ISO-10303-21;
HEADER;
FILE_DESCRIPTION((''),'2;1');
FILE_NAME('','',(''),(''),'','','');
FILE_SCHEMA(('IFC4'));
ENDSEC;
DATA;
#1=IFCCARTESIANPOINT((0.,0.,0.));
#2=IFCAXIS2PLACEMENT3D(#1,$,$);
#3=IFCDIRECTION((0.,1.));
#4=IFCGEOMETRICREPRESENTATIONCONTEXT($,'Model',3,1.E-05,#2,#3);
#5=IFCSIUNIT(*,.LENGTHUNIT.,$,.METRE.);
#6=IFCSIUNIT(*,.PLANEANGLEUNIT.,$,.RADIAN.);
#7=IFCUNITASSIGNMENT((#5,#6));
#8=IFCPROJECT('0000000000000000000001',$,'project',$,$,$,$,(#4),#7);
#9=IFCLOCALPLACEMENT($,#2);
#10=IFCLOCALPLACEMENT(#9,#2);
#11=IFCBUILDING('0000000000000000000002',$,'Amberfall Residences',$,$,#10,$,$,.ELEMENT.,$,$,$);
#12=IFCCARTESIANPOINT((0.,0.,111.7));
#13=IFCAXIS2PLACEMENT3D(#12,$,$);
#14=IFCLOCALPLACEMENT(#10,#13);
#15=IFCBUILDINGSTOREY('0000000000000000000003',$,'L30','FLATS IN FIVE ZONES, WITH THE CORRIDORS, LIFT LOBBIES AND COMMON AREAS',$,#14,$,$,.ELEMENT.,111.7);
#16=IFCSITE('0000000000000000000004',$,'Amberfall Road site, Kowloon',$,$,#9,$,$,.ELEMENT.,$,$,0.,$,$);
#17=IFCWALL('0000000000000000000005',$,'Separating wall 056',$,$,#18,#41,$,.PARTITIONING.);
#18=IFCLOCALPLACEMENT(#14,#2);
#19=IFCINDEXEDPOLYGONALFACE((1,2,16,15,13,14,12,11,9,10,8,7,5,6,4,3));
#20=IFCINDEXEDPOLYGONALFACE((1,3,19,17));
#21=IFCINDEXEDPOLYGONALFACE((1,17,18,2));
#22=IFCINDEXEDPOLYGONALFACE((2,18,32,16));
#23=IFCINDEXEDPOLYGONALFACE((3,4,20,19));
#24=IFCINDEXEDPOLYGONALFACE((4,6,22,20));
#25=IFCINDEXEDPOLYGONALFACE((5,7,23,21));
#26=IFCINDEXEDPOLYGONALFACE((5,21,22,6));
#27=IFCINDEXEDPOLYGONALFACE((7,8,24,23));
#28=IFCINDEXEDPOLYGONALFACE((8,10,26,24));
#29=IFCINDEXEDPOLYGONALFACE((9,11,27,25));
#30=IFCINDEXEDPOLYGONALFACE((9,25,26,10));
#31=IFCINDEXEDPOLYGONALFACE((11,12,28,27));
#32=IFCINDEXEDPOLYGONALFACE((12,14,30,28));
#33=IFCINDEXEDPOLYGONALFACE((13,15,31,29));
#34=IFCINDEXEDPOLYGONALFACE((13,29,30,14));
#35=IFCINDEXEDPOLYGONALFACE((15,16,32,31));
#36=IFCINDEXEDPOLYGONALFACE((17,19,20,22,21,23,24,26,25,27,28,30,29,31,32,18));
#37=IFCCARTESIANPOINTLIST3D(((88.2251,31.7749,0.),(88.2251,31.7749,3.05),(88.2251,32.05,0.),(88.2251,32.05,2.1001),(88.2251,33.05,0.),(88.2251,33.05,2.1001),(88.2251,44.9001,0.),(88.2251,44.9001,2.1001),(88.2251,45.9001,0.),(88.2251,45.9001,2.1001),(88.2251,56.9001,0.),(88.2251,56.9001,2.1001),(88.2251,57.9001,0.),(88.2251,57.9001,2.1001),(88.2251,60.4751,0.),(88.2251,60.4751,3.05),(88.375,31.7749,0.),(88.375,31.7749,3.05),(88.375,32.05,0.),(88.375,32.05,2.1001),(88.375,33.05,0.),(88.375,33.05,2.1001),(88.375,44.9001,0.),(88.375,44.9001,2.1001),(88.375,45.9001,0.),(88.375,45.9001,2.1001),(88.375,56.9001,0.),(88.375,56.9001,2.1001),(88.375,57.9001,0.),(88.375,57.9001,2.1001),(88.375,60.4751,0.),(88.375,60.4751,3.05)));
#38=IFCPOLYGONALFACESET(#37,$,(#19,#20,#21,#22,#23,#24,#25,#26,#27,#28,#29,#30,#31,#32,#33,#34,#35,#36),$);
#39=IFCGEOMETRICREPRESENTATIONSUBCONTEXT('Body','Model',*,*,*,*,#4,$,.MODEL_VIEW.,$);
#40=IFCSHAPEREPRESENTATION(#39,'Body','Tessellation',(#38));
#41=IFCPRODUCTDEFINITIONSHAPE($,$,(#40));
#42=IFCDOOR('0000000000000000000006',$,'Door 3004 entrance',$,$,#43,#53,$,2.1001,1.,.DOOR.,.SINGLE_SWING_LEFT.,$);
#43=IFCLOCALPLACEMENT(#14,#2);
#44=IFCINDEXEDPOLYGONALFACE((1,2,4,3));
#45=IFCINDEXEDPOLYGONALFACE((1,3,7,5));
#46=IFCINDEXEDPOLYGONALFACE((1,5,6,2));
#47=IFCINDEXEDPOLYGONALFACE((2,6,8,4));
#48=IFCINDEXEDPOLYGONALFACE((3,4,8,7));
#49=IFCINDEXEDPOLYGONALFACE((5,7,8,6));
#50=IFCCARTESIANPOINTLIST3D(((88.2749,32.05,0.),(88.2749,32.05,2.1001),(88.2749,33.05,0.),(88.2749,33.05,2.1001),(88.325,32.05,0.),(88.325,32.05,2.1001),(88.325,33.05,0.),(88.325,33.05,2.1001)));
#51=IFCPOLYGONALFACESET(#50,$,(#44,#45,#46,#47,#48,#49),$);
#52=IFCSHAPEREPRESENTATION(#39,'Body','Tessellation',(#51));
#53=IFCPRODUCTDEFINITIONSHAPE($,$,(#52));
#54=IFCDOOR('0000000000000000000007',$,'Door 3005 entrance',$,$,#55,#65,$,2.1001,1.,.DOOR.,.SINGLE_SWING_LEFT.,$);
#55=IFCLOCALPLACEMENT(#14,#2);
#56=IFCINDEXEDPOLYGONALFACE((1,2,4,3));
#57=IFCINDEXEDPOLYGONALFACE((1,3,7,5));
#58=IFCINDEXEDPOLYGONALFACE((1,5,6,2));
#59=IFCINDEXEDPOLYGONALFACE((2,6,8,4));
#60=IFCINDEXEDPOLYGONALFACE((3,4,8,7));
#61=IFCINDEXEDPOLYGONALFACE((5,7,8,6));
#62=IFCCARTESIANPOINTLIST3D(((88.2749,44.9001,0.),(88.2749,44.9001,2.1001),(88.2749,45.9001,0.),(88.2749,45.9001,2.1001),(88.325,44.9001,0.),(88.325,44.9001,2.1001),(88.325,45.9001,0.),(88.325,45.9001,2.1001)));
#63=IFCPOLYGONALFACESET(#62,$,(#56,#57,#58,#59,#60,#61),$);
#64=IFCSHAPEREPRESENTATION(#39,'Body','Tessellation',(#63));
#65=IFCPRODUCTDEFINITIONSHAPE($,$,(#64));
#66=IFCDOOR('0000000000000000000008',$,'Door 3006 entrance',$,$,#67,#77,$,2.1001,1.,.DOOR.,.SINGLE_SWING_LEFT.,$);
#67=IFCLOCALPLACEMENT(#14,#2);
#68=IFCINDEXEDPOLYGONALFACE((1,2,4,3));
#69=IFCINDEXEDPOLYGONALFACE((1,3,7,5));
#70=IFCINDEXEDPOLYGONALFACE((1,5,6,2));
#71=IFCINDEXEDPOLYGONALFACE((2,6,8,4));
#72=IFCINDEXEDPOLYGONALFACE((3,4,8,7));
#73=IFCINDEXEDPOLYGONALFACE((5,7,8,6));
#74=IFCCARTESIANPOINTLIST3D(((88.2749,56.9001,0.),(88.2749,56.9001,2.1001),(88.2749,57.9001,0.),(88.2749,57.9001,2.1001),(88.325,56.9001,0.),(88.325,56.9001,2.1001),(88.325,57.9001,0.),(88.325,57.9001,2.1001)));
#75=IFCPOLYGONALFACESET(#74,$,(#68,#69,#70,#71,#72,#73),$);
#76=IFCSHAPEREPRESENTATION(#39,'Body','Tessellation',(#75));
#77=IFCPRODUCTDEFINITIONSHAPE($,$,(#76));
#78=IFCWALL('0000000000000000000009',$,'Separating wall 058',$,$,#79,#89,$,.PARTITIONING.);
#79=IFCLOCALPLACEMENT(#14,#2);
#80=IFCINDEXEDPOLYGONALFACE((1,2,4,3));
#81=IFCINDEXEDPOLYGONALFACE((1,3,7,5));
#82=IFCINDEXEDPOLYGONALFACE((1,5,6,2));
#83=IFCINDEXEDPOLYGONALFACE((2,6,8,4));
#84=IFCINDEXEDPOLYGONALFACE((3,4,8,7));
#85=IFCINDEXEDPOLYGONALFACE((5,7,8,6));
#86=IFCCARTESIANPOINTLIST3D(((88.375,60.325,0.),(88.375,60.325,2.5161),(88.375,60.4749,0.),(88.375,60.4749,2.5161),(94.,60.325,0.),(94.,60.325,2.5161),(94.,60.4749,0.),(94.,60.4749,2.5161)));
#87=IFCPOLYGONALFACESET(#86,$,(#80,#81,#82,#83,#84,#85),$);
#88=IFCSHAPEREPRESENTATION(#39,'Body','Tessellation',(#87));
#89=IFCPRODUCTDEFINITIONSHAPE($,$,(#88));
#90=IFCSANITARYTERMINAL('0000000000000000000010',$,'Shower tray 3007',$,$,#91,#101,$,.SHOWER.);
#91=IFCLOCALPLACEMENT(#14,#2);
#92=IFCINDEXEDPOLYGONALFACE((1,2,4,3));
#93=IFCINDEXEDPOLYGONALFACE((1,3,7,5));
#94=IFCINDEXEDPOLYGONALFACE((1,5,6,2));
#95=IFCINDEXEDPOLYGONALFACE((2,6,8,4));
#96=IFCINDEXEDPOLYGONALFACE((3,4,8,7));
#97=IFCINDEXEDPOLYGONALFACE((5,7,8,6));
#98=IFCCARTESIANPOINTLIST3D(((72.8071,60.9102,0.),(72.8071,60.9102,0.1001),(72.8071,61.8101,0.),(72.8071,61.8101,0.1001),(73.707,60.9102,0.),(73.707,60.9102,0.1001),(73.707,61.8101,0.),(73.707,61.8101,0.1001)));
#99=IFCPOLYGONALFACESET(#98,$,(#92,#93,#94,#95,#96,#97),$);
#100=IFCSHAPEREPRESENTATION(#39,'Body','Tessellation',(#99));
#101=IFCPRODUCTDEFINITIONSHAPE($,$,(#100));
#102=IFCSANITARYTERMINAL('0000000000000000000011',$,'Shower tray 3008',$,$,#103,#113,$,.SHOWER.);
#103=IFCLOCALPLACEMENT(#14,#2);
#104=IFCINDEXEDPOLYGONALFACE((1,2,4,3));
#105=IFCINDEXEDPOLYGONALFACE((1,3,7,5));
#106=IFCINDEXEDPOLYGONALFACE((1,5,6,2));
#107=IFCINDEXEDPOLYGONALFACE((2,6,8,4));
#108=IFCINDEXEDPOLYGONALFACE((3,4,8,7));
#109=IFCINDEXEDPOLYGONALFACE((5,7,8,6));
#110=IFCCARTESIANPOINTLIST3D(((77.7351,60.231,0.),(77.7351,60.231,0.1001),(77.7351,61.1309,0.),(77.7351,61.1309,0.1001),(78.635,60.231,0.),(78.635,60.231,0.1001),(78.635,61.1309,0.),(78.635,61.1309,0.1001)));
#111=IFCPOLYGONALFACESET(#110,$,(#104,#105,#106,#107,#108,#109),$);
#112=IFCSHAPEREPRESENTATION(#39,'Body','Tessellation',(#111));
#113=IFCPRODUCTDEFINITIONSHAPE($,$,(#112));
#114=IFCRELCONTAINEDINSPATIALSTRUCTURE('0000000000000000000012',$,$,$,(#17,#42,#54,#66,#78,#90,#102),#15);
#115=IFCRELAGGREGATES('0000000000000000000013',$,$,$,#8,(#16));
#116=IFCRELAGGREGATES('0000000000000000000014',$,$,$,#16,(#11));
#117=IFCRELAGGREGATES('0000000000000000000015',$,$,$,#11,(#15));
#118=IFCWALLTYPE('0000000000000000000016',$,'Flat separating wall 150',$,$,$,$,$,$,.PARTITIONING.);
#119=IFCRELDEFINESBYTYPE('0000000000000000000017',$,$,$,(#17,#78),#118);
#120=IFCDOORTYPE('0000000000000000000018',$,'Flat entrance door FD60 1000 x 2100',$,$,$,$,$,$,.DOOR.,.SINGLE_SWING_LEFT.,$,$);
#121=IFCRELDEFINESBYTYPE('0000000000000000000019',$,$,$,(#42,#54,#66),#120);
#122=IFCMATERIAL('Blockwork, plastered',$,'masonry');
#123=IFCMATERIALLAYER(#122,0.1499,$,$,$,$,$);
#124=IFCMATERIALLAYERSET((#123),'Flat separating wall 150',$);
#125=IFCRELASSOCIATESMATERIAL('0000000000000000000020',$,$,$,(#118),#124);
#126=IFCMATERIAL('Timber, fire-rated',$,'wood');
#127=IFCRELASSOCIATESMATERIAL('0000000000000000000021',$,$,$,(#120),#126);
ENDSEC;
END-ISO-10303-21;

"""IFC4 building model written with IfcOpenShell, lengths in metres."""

from ifc_helpers import new_model, si_unit, direction, frame, frame_2d, origin, origin_2d, place, context, subcontext, project, spatial, rectangle, extrude, material, layer, layer_set, type_object, element, fill, save


model = new_model("IFC4")

# Units and contexts
model_context = context("Model", 3, precision=1e-05, world=origin(), true_north=direction((0.0, 1.0)))
body_context = subcontext(model_context, "Body", "Model", "MODEL_VIEW")
ifc_project = project(units=[si_unit("LENGTHUNIT", "METRE"), si_unit("PLANEANGLEUNIT", "RADIAN")], contexts=[model_context])

# Site, building, storey
site_placement = place(None, origin())
site = spatial("IfcSite", under=ifc_project, at=site_placement, Name="Amberfall Road site, Kowloon", CompositionType="ELEMENT", RefElevation=0.0)
building_placement = place(site_placement, origin())
building = spatial("IfcBuilding", under=site, at=building_placement, Name="Amberfall Residences", CompositionType="ELEMENT")
storey_placement = place(building_placement, frame((0.0, 0.0, 111.7)))
storey = spatial("IfcBuildingStorey", under=building, at=storey_placement, Name="L30", Description="FLATS IN FIVE ZONES, WITH THE CORRIDORS, LIFT LOBBIES AND COMMON AREAS", CompositionType="ELEMENT", Elevation=111.7)

# Wall, openings, doors
ifc_material_1 = material(Name="Blockwork, plastered", Category="masonry")
ifc_layer_1 = layer(ifc_material_1, 0.1499)
ifc_layer_set_1 = layer_set([ifc_layer_1], Name="Flat separating wall 150")
wall_type_1 = type_object("IfcWallType", Name="Flat separating wall 150", PredefinedType="PARTITIONING", material=ifc_layer_set_1)
wall_1_placement = place(storey_placement, frame((88.3, 60.4751, 0.0), z_axis=(0.0, 0.0, 1.0), x_axis=(0.0, -1.0, 0.0)))
wall_1 = element("IfcWall", 1, at=wall_1_placement, inside=storey, type_object=wall_type_1, Name="Separating wall 056", PredefinedType="PARTITIONING", context=body_context, shape_type="SweptSolid", body=[
    extrude(rectangle(XDim=28.7002, YDim=0.1499, at=frame_2d((14.3501, 0.0))), origin(), (0.0, 0.0, 1.0), 3.05),
])
opening_1_placement = place(wall_1_placement, frame((27.425, 0.0, 0.0)))
opening_1 = element("IfcOpeningElement", 2, at=opening_1_placement, cuts=wall_1, PredefinedType="OPENING", context=body_context, shape_type="SweptSolid", body=[
    extrude(rectangle(XDim=1.0, YDim=2.1001, at=frame_2d((0.5, 1.05))), frame((0.0, 0.085, 0.0), z_axis=(0.0, -1.0, 0.0), x_axis=(1.0, 0.0, 0.0)), (0.0, 0.0, 1.0), 0.1699),
])
opening_2_placement = place(wall_1_placement, frame((14.575, 0.0, 0.0)))
opening_2 = element("IfcOpeningElement", 3, at=opening_2_placement, cuts=wall_1, PredefinedType="OPENING", context=body_context, shape_type="SweptSolid", body=[
    extrude(rectangle(XDim=1.0, YDim=2.1001, at=frame_2d((0.5, 1.05))), frame((0.0, 0.085, 0.0), z_axis=(0.0, -1.0, 0.0), x_axis=(1.0, 0.0, 0.0)), (0.0, 0.0, 1.0), 0.1699),
])
opening_3_placement = place(wall_1_placement, frame((2.575, 0.0, 0.0)))
opening_3 = element("IfcOpeningElement", 4, at=opening_3_placement, cuts=wall_1, PredefinedType="OPENING", context=body_context, shape_type="SweptSolid", body=[
    extrude(rectangle(XDim=1.0, YDim=2.1001, at=frame_2d((0.5, 1.05))), frame((0.0, 0.085, 0.0), z_axis=(0.0, -1.0, 0.0), x_axis=(1.0, 0.0, 0.0)), (0.0, 0.0, 1.0), 0.1699),
])
ifc_material_2 = material(Name="Timber, fire-rated", Category="wood")
door_type_1 = type_object("IfcDoorType", Name="Flat entrance door FD60 1000 x 2100", OperationType="SINGLE_SWING_LEFT", PredefinedType="DOOR", material=ifc_material_2)
door_1_placement = place(opening_1_placement, origin())
door_1 = element("IfcDoor", 5, at=door_1_placement, inside=storey, type_object=door_type_1, Name="Door 3004 entrance", OperationType="SINGLE_SWING_LEFT", OverallHeight=2.1001, OverallWidth=1.0, PredefinedType="DOOR", context=body_context, shape_type="SweptSolid", body=[
    extrude(rectangle(XDim=1.0, YDim=2.1001, at=frame_2d((0.5, 1.05))), frame((0.0, 0.0249, 0.0), z_axis=(0.0, -1.0, 0.0), x_axis=(1.0, 0.0, 0.0)), (0.0, 0.0, 1.0), 0.05),
])
fill(opening_1, door_1)
door_2_placement = place(opening_2_placement, origin())
door_2 = element("IfcDoor", 6, at=door_2_placement, inside=storey, type_object=door_type_1, Name="Door 3005 entrance", OperationType="SINGLE_SWING_LEFT", OverallHeight=2.1001, OverallWidth=1.0, PredefinedType="DOOR", context=body_context, shape_type="SweptSolid", body=[
    extrude(rectangle(XDim=1.0, YDim=2.1001, at=frame_2d((0.5, 1.05))), frame((0.0, 0.0249, 0.0), z_axis=(0.0, -1.0, 0.0), x_axis=(1.0, 0.0, 0.0)), (0.0, 0.0, 1.0), 0.05),
])
fill(opening_2, door_2)
door_3_placement = place(opening_3_placement, origin())
door_3 = element("IfcDoor", 7, at=door_3_placement, inside=storey, type_object=door_type_1, Name="Door 3006 entrance", OperationType="SINGLE_SWING_LEFT", OverallHeight=2.1001, OverallWidth=1.0, PredefinedType="DOOR", context=body_context, shape_type="SweptSolid", body=[
    extrude(rectangle(XDim=1.0, YDim=2.1001, at=frame_2d((0.5, 1.05))), frame((0.0, 0.0249, 0.0), z_axis=(0.0, -1.0, 0.0), x_axis=(1.0, 0.0, 0.0)), (0.0, 0.0, 1.0), 0.05),
])
fill(opening_3, door_3)

# Wall
wall_2_placement = place(storey_placement, frame((88.375, 60.3999, 0.0), z_axis=(0.0, 0.0, 1.0), x_axis=(1.0, 0.0, 0.0)))
element("IfcWall", 8, at=wall_2_placement, inside=storey, type_object=wall_type_1, Name="Separating wall 058", PredefinedType="PARTITIONING", context=body_context, shape_type="SweptSolid", body=[
    extrude(rectangle(XDim=5.625, YDim=0.1499, at=frame_2d((2.8125, 0.0))), origin(), (0.0, 0.0, 1.0), 2.5161),
])

# Sanitary terminals
for number, where, z_axis, x_axis, name in (
    (9, (73.2571, 61.3601, 0.0), (0.0, 0.0, 1.0), (1.0, 0.0, 0.0), "Shower tray 3007"),
    (10, (78.1851, 60.6809, 0.0), (0.0, 0.0, 1.0), (1.0, 0.0, 0.0), "Shower tray 3008"),
):
    element("IfcSanitaryTerminal", number, at=place(storey_placement, frame(where, z_axis=z_axis, x_axis=x_axis)), inside=storey, Name=name, PredefinedType="SHOWER", context=body_context, shape_type="SweptSolid", body=[
        extrude(rectangle(XDim=0.8999, YDim=0.8999, at=origin_2d()), origin(), (0.0, 0.0, 1.0), 0.1001),
    ])

save(model, "model.ifc")
